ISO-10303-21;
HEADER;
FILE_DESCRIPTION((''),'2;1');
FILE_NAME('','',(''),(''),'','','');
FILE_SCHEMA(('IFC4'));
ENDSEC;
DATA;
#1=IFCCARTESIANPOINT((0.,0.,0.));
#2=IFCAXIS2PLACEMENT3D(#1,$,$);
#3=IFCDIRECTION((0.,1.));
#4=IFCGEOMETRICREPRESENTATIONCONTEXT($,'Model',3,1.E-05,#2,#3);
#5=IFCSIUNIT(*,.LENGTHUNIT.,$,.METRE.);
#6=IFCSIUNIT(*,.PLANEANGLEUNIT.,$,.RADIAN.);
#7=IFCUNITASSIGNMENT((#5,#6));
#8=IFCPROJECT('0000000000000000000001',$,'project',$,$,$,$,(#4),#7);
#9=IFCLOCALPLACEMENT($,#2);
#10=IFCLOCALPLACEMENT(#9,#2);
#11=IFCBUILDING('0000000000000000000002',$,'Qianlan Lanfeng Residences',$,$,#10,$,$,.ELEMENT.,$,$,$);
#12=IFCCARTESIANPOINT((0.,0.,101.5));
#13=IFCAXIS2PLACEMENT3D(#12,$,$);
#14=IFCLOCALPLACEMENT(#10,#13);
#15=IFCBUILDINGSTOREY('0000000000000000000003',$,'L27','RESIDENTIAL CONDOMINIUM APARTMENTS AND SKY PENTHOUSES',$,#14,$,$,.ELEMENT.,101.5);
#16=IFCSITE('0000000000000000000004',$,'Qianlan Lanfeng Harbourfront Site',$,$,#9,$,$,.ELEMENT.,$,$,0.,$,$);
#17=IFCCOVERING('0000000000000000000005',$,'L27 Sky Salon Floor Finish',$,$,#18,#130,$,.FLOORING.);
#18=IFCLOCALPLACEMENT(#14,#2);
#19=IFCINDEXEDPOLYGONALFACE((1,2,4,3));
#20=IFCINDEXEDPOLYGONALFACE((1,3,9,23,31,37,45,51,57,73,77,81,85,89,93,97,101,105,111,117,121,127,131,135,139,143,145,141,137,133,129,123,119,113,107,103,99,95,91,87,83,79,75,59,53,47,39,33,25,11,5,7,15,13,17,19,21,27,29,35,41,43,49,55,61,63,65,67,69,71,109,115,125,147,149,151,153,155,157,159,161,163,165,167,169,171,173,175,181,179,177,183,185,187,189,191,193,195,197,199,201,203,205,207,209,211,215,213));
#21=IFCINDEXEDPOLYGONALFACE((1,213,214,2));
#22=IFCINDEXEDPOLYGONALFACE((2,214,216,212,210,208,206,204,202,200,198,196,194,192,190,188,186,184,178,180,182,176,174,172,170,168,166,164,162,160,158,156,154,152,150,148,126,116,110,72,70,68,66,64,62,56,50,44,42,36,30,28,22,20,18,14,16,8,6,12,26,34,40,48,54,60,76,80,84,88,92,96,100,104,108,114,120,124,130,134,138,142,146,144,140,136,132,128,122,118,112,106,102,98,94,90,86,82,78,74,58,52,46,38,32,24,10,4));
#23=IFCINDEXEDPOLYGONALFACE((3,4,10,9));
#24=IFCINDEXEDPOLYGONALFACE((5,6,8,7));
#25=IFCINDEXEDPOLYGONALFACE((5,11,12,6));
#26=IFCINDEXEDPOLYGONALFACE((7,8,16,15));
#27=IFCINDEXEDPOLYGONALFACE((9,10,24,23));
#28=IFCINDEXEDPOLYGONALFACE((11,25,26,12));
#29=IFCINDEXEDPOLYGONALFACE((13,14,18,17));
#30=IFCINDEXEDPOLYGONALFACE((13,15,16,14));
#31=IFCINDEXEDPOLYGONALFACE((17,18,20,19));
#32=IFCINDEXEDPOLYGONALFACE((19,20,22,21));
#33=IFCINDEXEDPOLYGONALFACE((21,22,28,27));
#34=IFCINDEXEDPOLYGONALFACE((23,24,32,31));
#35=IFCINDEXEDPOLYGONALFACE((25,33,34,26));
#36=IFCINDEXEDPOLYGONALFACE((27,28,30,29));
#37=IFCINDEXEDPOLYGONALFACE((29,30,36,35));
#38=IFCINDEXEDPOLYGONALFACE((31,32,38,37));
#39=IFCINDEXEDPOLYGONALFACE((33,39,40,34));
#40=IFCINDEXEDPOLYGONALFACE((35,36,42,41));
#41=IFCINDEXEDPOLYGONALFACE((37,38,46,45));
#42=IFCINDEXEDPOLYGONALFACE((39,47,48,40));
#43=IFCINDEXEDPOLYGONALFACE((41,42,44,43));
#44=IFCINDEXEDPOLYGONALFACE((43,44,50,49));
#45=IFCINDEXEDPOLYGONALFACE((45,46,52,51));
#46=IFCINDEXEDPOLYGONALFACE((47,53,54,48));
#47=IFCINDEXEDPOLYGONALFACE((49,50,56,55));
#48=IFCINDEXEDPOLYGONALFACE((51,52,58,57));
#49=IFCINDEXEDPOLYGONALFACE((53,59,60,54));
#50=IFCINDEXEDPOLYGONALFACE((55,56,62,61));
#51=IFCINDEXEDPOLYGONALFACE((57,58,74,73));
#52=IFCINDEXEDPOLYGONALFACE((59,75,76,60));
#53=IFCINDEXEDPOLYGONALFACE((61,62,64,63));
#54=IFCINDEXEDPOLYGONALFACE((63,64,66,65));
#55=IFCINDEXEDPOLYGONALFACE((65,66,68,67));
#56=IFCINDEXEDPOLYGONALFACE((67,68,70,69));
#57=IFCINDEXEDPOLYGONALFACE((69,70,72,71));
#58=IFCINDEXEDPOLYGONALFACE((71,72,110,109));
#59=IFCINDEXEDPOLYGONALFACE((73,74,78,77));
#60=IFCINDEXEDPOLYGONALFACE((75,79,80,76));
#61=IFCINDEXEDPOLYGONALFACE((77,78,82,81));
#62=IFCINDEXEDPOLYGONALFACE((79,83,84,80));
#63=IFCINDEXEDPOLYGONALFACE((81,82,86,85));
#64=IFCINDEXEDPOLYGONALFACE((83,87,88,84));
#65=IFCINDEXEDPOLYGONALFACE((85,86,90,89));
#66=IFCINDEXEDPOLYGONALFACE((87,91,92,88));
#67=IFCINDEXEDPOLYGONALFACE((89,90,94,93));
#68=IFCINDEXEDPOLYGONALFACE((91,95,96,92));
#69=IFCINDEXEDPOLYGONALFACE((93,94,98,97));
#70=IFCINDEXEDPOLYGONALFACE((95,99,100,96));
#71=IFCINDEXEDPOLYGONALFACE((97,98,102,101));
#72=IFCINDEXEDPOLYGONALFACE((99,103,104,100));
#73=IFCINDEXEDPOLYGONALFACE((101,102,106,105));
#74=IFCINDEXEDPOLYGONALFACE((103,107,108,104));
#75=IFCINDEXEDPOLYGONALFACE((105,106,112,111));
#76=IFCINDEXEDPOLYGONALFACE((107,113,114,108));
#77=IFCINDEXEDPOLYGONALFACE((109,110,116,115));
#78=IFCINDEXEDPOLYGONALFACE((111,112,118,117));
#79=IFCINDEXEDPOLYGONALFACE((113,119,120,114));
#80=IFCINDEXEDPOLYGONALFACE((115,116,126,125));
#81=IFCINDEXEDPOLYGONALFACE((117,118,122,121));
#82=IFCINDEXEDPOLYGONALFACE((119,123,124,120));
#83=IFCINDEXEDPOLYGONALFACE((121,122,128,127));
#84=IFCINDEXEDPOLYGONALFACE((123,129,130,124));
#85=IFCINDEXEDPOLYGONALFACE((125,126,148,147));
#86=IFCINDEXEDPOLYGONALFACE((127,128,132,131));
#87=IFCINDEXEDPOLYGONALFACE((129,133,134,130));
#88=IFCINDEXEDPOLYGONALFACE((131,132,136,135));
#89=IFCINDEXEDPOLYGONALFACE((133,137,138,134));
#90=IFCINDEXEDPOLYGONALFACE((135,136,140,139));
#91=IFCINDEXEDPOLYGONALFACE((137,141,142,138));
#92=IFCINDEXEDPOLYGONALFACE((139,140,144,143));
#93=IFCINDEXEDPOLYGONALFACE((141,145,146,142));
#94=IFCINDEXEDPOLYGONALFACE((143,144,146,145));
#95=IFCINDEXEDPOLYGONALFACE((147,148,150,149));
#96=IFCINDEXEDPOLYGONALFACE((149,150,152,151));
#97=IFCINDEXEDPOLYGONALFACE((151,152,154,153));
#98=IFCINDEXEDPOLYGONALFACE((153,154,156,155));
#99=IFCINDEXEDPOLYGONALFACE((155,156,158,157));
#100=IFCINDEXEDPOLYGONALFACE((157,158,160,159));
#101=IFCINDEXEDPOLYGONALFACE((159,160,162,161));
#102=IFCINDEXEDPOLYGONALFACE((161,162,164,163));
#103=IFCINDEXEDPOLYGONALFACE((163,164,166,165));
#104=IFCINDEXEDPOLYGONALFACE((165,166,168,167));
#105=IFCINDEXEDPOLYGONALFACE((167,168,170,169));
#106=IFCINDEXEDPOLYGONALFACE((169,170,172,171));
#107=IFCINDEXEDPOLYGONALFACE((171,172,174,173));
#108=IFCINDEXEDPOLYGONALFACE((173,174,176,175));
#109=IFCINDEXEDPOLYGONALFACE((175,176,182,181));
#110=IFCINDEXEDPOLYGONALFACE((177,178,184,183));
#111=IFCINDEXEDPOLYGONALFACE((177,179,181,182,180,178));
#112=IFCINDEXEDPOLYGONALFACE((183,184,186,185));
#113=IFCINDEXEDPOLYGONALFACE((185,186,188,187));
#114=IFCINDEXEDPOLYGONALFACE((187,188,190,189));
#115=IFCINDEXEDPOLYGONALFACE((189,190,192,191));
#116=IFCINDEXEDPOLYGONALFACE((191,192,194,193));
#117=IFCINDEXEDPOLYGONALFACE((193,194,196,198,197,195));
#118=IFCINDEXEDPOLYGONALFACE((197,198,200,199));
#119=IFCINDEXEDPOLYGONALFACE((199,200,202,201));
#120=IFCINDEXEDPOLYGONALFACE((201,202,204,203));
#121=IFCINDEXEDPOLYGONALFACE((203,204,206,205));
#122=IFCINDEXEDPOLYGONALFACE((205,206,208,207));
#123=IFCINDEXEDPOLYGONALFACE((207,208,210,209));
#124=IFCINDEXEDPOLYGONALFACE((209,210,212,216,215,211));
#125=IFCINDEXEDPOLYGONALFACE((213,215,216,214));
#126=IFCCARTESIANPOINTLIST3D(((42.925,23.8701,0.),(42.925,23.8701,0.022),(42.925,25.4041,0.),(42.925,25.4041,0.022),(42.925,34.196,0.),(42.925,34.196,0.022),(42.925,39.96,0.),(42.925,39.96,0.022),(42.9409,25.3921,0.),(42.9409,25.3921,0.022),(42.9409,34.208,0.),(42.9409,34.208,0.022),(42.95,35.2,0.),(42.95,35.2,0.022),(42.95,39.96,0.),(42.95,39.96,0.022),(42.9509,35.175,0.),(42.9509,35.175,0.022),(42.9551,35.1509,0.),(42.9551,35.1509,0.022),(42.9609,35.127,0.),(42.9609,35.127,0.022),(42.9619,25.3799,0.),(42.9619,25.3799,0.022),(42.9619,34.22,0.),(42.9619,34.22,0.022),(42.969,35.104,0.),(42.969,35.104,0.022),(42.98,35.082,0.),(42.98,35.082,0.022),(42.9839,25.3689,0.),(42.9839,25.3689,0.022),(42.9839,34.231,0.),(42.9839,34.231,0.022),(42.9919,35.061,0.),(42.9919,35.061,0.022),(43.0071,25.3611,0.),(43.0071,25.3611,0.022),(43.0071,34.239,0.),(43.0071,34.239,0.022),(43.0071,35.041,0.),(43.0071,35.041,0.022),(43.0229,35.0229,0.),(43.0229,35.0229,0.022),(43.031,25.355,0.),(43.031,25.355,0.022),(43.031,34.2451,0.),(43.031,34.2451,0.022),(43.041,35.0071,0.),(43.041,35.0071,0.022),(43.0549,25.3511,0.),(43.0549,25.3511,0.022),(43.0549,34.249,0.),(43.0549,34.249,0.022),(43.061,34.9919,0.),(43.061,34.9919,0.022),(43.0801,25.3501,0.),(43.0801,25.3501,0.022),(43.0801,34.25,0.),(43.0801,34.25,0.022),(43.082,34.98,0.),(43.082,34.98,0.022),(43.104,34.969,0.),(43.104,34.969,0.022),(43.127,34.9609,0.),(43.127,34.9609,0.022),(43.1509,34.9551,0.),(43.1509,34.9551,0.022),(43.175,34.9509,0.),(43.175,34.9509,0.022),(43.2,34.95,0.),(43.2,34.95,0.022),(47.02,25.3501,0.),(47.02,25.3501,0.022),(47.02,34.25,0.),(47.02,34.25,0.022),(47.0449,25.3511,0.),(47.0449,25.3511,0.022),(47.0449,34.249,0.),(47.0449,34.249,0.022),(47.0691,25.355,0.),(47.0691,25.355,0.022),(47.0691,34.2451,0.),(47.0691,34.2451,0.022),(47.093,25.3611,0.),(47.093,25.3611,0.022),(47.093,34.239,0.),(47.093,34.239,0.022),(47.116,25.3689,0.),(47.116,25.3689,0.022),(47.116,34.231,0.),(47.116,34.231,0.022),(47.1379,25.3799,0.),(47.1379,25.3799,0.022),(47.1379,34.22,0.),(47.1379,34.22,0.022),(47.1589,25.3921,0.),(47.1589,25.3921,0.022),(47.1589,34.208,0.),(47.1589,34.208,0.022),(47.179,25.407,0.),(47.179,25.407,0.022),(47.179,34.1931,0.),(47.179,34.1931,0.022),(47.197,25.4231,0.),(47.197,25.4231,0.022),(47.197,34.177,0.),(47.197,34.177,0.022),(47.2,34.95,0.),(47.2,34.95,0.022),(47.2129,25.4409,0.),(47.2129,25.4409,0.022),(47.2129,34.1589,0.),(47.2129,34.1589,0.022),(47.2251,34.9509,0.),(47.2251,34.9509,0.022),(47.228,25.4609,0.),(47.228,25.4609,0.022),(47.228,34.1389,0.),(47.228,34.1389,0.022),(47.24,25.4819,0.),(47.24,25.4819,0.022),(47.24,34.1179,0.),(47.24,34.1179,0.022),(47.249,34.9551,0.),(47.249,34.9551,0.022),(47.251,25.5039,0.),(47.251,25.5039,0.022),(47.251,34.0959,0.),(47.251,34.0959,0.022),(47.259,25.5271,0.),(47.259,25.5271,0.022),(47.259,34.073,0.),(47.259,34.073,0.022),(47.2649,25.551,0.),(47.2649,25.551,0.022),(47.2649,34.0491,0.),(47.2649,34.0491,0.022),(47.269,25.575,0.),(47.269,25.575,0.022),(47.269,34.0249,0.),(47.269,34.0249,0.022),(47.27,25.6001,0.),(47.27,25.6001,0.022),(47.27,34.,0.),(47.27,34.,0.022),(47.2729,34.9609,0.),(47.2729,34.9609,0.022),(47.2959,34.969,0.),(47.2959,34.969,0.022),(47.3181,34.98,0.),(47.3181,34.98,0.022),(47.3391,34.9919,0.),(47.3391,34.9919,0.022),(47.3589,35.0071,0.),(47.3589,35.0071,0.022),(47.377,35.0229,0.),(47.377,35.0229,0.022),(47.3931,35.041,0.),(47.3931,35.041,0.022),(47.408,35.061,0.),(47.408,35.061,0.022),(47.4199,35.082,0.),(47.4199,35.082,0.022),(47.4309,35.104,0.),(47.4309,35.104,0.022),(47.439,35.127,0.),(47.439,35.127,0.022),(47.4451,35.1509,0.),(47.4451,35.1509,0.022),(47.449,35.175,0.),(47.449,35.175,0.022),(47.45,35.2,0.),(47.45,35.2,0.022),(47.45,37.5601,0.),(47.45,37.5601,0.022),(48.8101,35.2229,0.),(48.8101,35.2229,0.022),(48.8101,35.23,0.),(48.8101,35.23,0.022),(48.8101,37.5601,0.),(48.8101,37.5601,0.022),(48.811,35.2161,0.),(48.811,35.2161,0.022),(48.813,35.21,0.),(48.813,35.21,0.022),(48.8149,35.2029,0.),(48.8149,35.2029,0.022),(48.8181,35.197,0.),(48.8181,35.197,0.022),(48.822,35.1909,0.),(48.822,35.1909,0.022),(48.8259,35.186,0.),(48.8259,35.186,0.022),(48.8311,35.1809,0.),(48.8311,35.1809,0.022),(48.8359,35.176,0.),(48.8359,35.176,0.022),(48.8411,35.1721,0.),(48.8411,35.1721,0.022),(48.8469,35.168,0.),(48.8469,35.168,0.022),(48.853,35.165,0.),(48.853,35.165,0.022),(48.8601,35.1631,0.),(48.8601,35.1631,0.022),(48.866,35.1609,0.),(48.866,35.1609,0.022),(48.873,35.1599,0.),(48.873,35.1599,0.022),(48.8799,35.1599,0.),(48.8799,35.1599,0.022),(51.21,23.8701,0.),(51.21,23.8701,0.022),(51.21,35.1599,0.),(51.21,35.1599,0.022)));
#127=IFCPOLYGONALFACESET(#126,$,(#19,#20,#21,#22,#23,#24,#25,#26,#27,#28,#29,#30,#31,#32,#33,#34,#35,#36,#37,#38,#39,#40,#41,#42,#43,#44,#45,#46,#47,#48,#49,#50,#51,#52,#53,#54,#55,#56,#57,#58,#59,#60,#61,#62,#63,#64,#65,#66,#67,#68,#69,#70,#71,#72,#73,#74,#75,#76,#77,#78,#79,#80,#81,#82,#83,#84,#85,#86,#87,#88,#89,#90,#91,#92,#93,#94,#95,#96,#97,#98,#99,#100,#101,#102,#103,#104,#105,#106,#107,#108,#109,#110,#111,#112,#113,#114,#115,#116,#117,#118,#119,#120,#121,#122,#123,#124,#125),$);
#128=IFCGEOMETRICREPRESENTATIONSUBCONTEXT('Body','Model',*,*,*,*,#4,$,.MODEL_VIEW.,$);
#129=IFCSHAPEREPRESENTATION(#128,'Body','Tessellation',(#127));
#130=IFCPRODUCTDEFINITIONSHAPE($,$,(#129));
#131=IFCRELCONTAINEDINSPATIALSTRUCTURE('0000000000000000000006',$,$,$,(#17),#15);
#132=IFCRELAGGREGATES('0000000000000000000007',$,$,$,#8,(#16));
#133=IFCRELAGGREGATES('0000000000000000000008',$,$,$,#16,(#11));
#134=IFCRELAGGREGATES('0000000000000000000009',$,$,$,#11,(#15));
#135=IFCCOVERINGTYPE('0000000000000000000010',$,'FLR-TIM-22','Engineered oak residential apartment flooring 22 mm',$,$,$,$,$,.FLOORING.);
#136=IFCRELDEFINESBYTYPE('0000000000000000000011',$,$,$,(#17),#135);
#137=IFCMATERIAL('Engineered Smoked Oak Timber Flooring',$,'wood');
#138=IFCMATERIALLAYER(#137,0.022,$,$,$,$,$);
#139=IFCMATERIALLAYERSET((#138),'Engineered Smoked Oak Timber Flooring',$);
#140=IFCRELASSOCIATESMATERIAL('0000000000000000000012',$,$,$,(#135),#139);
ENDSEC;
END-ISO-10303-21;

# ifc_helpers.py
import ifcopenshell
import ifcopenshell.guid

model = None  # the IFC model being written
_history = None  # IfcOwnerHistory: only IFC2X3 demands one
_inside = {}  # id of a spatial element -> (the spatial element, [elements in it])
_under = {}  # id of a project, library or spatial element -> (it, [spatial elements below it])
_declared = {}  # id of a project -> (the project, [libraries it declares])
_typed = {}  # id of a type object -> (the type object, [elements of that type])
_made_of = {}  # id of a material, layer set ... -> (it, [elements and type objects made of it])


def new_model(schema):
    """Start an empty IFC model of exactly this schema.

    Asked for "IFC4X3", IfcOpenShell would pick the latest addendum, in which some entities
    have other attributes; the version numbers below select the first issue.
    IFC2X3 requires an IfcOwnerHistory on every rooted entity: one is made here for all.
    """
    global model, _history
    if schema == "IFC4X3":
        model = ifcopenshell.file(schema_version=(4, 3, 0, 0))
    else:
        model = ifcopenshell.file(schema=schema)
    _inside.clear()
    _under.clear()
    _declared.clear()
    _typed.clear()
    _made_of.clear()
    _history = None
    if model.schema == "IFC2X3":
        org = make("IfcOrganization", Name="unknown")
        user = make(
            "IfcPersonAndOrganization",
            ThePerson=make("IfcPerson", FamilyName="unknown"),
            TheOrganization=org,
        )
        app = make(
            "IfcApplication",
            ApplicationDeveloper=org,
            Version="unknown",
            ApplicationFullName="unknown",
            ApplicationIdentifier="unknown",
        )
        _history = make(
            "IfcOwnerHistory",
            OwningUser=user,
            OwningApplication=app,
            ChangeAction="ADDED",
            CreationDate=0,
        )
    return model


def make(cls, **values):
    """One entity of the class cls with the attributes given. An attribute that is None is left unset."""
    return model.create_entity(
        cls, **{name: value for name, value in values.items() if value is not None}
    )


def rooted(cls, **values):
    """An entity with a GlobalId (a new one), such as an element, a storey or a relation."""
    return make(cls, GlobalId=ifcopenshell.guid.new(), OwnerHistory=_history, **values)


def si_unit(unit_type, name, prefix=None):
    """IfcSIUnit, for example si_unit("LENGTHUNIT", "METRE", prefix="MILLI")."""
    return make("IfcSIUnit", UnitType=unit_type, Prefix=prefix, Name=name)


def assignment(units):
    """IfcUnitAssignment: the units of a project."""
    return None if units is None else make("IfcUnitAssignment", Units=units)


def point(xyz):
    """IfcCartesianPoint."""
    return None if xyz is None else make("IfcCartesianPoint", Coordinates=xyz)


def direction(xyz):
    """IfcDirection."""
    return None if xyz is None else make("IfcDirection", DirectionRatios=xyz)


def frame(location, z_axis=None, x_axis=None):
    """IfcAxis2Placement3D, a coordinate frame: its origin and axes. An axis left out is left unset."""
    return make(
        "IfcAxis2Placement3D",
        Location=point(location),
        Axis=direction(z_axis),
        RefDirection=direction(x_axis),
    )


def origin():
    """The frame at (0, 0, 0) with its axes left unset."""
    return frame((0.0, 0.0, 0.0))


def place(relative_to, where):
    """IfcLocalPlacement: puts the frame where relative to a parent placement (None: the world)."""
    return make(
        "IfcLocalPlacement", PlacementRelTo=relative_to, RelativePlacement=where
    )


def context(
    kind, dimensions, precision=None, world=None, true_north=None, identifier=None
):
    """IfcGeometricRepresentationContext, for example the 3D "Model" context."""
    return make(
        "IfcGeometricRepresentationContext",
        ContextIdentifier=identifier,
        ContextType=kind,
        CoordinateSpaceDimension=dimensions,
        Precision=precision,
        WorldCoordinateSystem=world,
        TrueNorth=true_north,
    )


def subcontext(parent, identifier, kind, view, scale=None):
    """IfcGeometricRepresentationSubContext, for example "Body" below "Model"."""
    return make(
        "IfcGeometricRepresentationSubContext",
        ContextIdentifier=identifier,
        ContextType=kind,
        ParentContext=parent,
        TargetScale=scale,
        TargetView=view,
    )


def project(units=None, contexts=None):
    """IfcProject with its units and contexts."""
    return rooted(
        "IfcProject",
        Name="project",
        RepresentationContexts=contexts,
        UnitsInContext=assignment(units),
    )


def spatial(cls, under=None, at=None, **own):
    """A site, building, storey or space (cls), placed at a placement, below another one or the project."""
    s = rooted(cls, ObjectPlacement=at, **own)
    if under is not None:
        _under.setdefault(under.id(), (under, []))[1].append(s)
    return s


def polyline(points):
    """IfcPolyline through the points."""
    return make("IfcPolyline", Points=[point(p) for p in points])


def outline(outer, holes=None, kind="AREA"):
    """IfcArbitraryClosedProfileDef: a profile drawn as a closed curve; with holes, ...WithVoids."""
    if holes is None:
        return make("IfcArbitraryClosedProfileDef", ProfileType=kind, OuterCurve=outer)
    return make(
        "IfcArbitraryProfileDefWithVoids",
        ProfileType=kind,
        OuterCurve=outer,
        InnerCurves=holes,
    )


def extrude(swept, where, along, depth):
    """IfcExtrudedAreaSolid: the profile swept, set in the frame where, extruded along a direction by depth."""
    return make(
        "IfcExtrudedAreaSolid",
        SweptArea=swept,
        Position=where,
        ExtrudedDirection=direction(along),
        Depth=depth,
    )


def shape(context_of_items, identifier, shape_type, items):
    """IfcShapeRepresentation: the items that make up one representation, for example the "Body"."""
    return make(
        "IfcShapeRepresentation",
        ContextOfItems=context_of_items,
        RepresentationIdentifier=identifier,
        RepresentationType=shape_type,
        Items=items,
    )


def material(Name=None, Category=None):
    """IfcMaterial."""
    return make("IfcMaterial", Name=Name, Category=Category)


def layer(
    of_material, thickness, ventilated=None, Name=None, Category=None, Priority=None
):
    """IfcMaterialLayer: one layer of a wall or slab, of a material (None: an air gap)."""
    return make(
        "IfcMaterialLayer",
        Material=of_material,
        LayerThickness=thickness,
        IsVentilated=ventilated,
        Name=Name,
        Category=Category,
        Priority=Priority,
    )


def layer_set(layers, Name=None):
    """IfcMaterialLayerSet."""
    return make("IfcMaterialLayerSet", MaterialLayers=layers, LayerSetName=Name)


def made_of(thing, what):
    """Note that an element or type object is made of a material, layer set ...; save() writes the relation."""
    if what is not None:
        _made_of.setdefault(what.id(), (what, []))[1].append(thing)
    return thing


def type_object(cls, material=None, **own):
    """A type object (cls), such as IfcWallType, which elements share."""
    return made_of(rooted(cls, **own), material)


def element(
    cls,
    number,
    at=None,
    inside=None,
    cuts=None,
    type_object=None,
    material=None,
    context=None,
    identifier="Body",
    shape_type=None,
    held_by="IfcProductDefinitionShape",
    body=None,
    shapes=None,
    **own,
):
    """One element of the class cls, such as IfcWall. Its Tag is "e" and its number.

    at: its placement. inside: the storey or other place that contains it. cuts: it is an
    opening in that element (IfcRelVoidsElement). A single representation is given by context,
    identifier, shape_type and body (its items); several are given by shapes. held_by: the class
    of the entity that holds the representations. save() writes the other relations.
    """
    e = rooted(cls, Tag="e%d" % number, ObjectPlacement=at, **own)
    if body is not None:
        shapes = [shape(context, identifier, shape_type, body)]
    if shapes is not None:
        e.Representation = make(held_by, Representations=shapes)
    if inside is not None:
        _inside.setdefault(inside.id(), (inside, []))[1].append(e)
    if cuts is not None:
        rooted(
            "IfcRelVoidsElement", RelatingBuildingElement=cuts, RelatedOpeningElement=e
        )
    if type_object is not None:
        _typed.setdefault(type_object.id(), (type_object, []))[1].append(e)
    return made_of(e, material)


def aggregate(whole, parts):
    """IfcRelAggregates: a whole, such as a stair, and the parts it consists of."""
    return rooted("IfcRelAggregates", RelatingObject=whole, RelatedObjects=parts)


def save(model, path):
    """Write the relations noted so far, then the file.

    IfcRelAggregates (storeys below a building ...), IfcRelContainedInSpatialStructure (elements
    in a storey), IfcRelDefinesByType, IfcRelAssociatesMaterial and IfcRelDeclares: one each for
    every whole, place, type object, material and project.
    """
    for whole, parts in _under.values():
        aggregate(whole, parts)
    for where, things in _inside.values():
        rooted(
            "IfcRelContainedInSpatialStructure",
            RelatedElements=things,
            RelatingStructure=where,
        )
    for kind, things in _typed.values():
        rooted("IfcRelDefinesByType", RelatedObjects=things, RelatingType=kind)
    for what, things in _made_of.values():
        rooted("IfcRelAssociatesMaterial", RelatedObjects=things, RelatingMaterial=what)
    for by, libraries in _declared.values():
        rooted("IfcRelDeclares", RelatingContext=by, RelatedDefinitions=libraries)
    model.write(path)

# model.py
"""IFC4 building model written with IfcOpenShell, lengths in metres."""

from ifc_helpers import new_model, si_unit, direction, frame, origin, place, context, subcontext, project, spatial, polyline, outline, extrude, material, layer, layer_set, type_object, element, save


model = new_model("IFC4")

# Units and contexts
model_context = context("Model", 3, precision=1e-05, world=origin(), true_north=direction((0.0, 1.0)))
body_context = subcontext(model_context, "Body", "Model", "MODEL_VIEW")
ifc_project = project(units=[si_unit("LENGTHUNIT", "METRE"), si_unit("PLANEANGLEUNIT", "RADIAN")], contexts=[model_context])

# Site, building, storey
site_placement = place(None, origin())
site = spatial("IfcSite", under=ifc_project, at=site_placement, Name="Qianlan Lanfeng Harbourfront Site", CompositionType="ELEMENT", RefElevation=0.0)
building_placement = place(site_placement, origin())
building = spatial("IfcBuilding", under=site, at=building_placement, Name="Qianlan Lanfeng Residences", CompositionType="ELEMENT")
storey_placement = place(building_placement, frame((0.0, 0.0, 101.5)))
storey = spatial("IfcBuildingStorey", under=building, at=storey_placement, Name="L27", Description="RESIDENTIAL CONDOMINIUM APARTMENTS AND SKY PENTHOUSES", CompositionType="ELEMENT", Elevation=101.5)

# Covering
ifc_material_1 = material(Name="Engineered Smoked Oak Timber Flooring", Category="wood")
ifc_layer_1 = layer(ifc_material_1, 0.022)
ifc_layer_set_1 = layer_set([ifc_layer_1], Name="Engineered Smoked Oak Timber Flooring")
covering_type_1 = type_object("IfcCoveringType", Name="FLR-TIM-22", Description="Engineered oak residential apartment flooring 22 mm", PredefinedType="FLOORING", material=ifc_layer_set_1)
covering_1_placement = place(storey_placement, origin())
element("IfcCovering", 1, at=covering_1_placement, inside=storey, type_object=covering_type_1, Name="L27 Sky Salon Floor Finish", PredefinedType="FLOORING", context=body_context, shape_type="SweptSolid", body=[
    extrude(outline(polyline([(42.925, 23.8701), (51.21, 23.8701), (51.21, 35.1599), (48.8799, 35.1599), (48.873, 35.1599), (48.866, 35.1609), (48.8601, 35.1631), (48.853, 35.165), (48.8469, 35.168), (48.8411, 35.1721), (48.8359, 35.176), (48.8311, 35.1809), (48.8259, 35.186), (48.822, 35.1909), (48.8181, 35.197), (48.8149, 35.2029), (48.813, 35.21), (48.811, 35.2161), (48.8101, 35.2229), (48.8101, 35.23), (48.8101, 37.5601), (47.45, 37.5601), (47.45, 35.2), (47.449, 35.175), (47.4451, 35.1509), (47.439, 35.127), (47.4309, 35.104), (47.4199, 35.082), (47.408, 35.061), (47.3931, 35.041), (47.377, 35.0229), (47.3589, 35.0071), (47.3391, 34.9919), (47.3181, 34.98), (47.2959, 34.969), (47.2729, 34.9609), (47.249, 34.9551), (47.2251, 34.9509), (47.2, 34.95), (43.2, 34.95), (43.175, 34.9509), (43.1509, 34.9551), (43.127, 34.9609), (43.104, 34.969), (43.082, 34.98), (43.061, 34.9919), (43.041, 35.0071), (43.0229, 35.0229), (43.0071, 35.041), (42.9919, 35.061), (42.98, 35.082), (42.969, 35.104), (42.9609, 35.127), (42.9551, 35.1509), (42.9509, 35.175), (42.95, 35.2), (42.95, 39.96), (42.925, 39.96), (42.925, 34.196), (42.9409, 34.208), (42.9619, 34.22), (42.9839, 34.231), (43.0071, 34.239), (43.031, 34.2451), (43.0549, 34.249), (43.0801, 34.25), (47.02, 34.25), (47.0449, 34.249), (47.0691, 34.2451), (47.093, 34.239), (47.116, 34.231), (47.1379, 34.22), (47.1589, 34.208), (47.179, 34.1931), (47.197, 34.177), (47.2129, 34.1589), (47.228, 34.1389), (47.24, 34.1179), (47.251, 34.0959), (47.259, 34.073), (47.2649, 34.0491), (47.269, 34.0249), (47.27, 34.0), (47.27, 25.6001), (47.269, 25.575), (47.2649, 25.551), (47.259, 25.5271), (47.251, 25.5039), (47.24, 25.4819), (47.228, 25.4609), (47.2129, 25.4409), (47.197, 25.4231), (47.179, 25.407), (47.1589, 25.3921), (47.1379, 25.3799), (47.116, 25.3689), (47.093, 25.3611), (47.0691, 25.355), (47.0449, 25.3511), (47.02, 25.3501), (43.0801, 25.3501), (43.0549, 25.3511), (43.031, 25.355), (43.0071, 25.3611), (42.9839, 25.3689), (42.9619, 25.3799), (42.9409, 25.3921), (42.925, 25.4041), (42.925, 23.8701)])), origin(), (0.0, 0.0, 1.0), 0.022),
])

save(model, "model.ifc")
